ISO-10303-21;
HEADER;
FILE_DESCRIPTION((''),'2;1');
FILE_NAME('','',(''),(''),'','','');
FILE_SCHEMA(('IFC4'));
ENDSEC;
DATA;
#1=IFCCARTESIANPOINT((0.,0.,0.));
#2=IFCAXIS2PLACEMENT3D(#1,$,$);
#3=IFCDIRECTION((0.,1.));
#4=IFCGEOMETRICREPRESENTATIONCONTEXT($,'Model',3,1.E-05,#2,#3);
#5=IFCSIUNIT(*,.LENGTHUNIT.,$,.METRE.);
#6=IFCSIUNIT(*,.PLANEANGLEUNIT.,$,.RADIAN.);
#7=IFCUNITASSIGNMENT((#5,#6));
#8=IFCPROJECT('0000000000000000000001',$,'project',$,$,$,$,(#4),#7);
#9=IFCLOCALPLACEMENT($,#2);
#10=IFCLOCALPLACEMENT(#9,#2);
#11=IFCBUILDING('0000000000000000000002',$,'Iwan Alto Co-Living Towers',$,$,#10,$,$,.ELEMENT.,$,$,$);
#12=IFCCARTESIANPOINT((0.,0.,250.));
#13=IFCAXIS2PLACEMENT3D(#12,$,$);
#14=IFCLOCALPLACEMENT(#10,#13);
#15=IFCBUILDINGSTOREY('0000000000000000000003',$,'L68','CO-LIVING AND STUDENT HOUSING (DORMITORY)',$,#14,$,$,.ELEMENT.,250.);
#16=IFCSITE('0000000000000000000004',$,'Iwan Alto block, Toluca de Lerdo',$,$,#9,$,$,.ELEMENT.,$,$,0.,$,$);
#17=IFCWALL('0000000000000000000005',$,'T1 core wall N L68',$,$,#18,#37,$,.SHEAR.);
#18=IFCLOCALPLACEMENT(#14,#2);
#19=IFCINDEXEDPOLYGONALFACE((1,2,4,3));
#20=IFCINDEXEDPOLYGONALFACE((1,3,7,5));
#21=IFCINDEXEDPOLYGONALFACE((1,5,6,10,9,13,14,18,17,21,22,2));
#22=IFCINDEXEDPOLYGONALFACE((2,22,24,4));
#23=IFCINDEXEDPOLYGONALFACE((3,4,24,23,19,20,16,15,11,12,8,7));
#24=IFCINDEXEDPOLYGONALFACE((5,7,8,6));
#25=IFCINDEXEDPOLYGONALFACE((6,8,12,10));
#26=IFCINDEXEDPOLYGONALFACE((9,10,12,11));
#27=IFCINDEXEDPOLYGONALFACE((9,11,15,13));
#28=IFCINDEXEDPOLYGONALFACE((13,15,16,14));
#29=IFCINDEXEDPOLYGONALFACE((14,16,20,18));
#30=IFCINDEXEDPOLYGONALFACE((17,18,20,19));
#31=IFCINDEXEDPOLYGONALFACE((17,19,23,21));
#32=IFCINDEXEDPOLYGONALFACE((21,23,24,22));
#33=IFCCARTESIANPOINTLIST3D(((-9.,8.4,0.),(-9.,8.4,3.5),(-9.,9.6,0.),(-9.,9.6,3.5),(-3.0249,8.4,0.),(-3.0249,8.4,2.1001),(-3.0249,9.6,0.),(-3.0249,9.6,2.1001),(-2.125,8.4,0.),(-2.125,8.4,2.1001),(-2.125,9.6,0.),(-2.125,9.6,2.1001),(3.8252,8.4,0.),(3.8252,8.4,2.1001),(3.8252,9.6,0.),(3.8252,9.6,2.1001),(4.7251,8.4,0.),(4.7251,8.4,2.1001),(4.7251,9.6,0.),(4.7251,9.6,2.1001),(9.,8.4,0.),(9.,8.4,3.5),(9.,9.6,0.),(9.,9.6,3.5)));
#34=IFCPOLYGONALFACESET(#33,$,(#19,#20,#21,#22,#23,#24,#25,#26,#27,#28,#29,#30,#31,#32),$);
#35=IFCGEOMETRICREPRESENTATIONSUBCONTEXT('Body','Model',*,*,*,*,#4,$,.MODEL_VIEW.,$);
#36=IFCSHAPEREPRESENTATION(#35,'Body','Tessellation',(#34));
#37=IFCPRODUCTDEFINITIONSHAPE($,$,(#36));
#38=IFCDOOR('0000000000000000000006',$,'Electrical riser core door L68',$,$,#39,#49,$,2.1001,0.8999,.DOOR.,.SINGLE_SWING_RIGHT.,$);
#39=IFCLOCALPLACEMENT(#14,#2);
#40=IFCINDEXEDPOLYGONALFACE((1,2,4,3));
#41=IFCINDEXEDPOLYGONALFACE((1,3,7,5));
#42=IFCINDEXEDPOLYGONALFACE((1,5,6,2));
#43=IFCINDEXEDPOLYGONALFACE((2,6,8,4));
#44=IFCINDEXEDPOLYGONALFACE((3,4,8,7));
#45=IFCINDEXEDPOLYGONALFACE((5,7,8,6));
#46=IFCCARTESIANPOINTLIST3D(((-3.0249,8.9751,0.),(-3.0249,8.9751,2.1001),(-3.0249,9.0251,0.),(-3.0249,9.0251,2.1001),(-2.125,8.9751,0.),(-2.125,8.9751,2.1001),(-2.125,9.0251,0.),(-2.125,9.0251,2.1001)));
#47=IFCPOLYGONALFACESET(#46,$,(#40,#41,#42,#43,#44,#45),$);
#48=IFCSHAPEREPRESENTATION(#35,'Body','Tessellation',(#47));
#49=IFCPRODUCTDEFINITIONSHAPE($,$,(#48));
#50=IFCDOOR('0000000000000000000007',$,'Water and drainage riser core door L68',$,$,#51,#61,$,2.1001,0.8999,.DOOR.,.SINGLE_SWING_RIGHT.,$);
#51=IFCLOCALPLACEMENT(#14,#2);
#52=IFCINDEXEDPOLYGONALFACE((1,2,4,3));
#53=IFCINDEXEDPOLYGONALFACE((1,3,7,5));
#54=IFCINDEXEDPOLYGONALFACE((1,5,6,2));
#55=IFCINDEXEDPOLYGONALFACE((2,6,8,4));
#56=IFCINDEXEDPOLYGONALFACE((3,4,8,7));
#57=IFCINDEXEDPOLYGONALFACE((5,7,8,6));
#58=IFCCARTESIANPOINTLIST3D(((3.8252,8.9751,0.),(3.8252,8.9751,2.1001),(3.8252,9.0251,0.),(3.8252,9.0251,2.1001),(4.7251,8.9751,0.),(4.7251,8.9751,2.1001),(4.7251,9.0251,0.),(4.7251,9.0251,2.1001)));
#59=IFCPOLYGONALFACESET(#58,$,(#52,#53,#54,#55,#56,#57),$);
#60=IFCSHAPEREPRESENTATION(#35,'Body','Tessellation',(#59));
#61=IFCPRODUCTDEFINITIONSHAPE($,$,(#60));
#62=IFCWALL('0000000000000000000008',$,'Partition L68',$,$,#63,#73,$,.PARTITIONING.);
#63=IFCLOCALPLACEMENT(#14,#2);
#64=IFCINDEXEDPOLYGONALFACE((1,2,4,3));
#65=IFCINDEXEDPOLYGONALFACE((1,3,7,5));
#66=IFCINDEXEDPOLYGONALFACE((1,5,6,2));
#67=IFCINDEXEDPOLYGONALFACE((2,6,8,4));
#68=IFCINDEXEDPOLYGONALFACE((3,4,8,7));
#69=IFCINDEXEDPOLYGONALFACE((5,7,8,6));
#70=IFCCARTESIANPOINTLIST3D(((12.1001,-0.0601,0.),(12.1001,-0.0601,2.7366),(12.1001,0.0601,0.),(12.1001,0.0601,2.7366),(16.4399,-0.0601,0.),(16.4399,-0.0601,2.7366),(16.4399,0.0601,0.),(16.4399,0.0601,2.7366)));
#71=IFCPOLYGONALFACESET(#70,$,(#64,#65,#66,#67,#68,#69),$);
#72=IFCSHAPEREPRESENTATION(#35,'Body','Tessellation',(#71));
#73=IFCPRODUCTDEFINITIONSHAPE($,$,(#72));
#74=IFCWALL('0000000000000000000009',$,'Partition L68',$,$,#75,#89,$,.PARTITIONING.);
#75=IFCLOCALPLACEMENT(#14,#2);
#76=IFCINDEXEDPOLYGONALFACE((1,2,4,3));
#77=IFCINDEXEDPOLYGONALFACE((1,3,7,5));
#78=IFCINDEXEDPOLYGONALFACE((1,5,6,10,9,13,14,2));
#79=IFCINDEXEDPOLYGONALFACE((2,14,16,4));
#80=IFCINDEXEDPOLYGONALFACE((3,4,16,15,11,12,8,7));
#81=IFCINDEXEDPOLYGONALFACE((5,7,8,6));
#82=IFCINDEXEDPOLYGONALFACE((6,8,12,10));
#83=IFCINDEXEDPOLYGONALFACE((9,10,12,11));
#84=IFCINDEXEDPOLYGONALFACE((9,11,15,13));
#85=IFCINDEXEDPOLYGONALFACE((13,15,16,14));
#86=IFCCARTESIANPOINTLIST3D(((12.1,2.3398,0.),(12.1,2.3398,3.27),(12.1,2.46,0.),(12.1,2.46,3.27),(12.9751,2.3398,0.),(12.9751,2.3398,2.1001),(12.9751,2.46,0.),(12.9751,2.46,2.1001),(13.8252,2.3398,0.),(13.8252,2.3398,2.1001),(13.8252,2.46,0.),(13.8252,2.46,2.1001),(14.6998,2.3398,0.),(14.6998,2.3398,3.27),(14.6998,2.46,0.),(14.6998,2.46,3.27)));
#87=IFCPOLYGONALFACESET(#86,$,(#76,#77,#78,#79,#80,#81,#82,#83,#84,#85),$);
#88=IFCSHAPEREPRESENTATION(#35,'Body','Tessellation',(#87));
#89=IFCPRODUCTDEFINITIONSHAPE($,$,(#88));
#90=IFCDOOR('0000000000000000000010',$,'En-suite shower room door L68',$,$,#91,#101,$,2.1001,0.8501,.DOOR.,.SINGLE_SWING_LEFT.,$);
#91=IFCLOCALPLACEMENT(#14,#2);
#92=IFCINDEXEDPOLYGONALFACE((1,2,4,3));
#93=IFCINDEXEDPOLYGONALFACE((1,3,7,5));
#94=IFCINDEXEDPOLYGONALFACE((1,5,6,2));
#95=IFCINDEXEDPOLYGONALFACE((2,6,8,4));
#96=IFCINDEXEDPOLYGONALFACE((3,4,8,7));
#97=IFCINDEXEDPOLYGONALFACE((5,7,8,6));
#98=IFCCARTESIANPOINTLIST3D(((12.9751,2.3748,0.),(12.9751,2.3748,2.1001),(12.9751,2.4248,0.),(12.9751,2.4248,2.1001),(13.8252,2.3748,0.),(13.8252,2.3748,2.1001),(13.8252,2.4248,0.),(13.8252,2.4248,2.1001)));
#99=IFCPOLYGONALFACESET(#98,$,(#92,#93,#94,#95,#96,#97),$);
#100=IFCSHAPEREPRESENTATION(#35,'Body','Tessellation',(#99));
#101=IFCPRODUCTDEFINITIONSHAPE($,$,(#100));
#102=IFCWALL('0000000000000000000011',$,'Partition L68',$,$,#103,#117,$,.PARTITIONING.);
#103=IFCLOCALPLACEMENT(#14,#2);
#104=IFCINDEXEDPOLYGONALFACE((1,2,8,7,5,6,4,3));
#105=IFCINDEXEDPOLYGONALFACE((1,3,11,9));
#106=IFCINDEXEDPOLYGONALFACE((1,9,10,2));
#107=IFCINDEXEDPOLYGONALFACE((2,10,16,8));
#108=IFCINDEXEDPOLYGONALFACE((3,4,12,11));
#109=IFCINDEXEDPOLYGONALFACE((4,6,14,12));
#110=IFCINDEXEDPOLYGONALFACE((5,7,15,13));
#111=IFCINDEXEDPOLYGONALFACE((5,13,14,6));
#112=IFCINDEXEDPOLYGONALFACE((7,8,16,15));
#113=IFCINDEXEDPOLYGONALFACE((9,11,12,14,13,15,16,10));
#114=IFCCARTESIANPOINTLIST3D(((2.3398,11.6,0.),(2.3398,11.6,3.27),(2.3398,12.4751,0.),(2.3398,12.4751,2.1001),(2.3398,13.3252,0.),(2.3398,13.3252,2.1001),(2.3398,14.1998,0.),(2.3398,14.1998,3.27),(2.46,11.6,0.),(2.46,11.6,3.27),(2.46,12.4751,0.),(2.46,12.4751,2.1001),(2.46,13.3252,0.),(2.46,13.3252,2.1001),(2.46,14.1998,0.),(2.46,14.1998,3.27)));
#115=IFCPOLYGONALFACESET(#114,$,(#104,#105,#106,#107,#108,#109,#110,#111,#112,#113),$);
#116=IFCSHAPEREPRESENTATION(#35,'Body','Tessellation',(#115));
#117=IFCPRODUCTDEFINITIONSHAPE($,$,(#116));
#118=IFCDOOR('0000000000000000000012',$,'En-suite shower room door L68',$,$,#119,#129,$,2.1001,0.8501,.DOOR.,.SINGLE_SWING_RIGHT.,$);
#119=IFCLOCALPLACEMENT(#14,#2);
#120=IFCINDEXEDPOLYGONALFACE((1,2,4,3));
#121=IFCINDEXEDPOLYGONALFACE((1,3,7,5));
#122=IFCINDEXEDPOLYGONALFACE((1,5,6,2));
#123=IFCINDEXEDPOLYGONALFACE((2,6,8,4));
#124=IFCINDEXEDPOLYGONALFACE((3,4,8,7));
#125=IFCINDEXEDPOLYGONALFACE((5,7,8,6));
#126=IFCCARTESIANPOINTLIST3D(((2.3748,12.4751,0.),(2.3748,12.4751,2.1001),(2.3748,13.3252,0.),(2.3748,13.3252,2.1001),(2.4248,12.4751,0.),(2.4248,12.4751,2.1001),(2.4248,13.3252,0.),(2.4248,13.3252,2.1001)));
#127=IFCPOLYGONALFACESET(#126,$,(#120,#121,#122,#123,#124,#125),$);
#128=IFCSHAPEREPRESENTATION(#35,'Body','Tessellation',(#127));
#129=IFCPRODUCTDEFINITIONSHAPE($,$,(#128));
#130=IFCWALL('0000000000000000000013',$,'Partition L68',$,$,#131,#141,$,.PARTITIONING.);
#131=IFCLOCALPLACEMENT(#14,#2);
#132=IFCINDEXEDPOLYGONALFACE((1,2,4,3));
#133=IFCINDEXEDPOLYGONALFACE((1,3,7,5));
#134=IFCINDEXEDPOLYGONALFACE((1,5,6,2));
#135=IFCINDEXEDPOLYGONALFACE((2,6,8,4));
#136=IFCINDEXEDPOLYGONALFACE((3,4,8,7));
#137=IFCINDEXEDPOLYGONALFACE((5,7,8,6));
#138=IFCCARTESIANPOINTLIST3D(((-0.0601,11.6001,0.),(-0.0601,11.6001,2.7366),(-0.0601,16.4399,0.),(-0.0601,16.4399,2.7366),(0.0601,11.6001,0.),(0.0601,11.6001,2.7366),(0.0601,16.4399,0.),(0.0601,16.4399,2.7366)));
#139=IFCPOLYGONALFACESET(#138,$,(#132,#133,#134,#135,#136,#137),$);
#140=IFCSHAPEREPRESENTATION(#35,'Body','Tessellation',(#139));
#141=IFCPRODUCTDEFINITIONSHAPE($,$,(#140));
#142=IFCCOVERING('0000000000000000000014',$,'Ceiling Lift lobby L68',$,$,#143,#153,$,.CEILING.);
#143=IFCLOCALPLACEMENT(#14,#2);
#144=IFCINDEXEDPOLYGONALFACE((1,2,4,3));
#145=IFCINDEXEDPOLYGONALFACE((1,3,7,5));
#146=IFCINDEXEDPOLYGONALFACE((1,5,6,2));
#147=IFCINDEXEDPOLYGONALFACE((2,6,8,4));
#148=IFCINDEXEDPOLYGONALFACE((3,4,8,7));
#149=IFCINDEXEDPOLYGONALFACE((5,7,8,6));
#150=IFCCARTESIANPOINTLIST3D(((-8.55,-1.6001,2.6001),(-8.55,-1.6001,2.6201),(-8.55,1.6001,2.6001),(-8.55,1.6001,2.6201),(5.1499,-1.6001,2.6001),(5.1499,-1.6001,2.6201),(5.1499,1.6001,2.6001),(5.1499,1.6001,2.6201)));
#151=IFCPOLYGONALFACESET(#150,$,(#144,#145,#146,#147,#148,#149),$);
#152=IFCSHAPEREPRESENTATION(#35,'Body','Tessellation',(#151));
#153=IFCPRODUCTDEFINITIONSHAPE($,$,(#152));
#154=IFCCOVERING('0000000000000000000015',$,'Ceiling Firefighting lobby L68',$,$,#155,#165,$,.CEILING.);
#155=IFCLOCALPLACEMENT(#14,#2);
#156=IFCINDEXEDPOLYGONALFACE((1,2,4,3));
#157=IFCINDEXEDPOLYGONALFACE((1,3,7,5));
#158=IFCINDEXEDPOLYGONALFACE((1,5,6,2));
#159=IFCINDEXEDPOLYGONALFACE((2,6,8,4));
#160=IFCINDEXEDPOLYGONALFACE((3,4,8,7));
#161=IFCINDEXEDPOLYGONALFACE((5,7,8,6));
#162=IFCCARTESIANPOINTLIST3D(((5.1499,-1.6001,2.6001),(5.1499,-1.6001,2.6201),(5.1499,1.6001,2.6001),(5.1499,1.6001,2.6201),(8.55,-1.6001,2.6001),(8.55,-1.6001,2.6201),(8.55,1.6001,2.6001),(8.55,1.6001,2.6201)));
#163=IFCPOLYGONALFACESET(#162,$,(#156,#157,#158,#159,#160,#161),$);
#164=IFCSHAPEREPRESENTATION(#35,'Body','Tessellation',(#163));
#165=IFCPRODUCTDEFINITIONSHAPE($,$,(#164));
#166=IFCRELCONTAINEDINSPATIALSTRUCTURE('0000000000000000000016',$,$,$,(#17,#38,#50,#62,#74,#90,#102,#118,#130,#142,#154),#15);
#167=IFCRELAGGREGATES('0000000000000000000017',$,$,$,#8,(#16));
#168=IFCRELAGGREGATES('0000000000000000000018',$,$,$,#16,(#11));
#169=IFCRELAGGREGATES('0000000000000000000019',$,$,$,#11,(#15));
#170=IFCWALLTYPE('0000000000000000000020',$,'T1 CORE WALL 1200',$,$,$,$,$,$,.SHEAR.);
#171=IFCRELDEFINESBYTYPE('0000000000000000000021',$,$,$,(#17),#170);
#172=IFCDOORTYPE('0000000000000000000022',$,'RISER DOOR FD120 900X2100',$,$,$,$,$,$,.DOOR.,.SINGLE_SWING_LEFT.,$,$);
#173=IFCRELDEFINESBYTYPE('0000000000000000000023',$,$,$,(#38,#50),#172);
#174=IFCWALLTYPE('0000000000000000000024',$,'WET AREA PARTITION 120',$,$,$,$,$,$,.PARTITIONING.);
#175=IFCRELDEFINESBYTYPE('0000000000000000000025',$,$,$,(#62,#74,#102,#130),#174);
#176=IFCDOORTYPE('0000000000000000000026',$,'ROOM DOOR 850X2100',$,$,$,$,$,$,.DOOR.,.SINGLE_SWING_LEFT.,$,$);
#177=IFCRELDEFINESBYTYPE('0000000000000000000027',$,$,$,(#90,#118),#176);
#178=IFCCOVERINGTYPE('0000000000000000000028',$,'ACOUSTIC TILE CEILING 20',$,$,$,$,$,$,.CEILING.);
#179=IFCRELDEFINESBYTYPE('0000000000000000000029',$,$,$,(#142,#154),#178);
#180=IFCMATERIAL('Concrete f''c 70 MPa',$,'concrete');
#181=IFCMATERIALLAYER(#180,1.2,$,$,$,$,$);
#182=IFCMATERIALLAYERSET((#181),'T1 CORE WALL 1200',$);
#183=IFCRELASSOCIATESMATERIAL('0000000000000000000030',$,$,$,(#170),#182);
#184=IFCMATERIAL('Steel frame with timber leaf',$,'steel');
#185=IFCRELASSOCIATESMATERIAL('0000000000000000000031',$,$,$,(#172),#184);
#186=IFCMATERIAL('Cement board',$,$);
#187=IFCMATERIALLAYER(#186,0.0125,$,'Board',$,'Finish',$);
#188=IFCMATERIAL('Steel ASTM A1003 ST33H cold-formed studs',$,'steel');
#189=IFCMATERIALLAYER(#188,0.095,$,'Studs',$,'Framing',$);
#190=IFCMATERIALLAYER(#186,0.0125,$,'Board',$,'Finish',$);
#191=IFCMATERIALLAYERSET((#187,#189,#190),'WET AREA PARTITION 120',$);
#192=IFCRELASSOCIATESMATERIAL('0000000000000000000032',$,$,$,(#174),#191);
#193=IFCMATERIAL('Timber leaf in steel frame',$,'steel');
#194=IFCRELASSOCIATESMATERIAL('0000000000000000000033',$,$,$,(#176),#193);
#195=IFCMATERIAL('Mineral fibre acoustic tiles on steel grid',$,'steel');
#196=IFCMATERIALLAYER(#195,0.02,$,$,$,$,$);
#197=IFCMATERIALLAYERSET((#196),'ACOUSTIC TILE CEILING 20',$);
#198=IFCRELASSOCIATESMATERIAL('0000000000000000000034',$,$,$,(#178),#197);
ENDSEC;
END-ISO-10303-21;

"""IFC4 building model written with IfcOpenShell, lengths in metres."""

from ifc_helpers import new_model, si_unit, direction, frame, frame_2d, origin, place, context, subcontext, project, spatial, polyline, rectangle, outline, extrude, material, layer, layer_set, type_object, element, fill, save


model = new_model("IFC4")

# Units and contexts
model_context = context("Model", 3, precision=1e-05, world=origin(), true_north=direction((0.0, 1.0)))
body_context = subcontext(model_context, "Body", "Model", "MODEL_VIEW")
ifc_project = project(units=[si_unit("LENGTHUNIT", "METRE"), si_unit("PLANEANGLEUNIT", "RADIAN")], contexts=[model_context])

# Site, building, storey
site_placement = place(None, origin())
site = spatial("IfcSite", under=ifc_project, at=site_placement, Name="Iwan Alto block, Toluca de Lerdo", CompositionType="ELEMENT", RefElevation=0.0)
building_placement = place(site_placement, origin())
building = spatial("IfcBuilding", under=site, at=building_placement, Name="Iwan Alto Co-Living Towers", CompositionType="ELEMENT")
storey_placement = place(building_placement, frame((0.0, 0.0, 250.0)))
storey = spatial("IfcBuildingStorey", under=building, at=storey_placement, Name="L68", Description="CO-LIVING AND STUDENT HOUSING (DORMITORY)", CompositionType="ELEMENT", Elevation=250.0)

# Shared definitions
ifc_material_1 = material(Name="Steel ASTM A1003 ST33H cold-formed studs", Category="steel")

# Wall, openings, doors
ifc_material_2 = material(Name="Concrete f'c 70 MPa", Category="concrete")
ifc_layer_1 = layer(ifc_material_2, 1.2)
ifc_layer_set_1 = layer_set([ifc_layer_1], Name="T1 CORE WALL 1200")
wall_type_1 = type_object("IfcWallType", Name="T1 CORE WALL 1200", PredefinedType="SHEAR", material=ifc_layer_set_1)
wall_1_placement = place(storey_placement, frame((9.0, 9.0, 0.0), z_axis=(0.0, 0.0, 1.0), x_axis=(-1.0, 0.0, 0.0)))
wall_1 = element("IfcWall", 1, at=wall_1_placement, inside=storey, type_object=wall_type_1, Name="T1 core wall N L68", PredefinedType="SHEAR", context=body_context, shape_type="SweptSolid", body=[
    extrude(rectangle(XDim=18.0, YDim=1.2, at=frame_2d((9.0, 0.0))), origin(), (0.0, 0.0, 1.0), 3.5),
])
opening_1_placement = place(wall_1_placement, frame((11.125, 0.0, 0.0)))
opening_1 = element("IfcOpeningElement", 2, at=opening_1_placement, cuts=wall_1, PredefinedType="OPENING", context=body_context, shape_type="SweptSolid", body=[
    extrude(rectangle(XDim=0.8999, YDim=2.1001, at=frame_2d((0.45, 1.05))), frame((0.0, 0.6099, 0.0), z_axis=(0.0, -1.0, 0.0), x_axis=(1.0, 0.0, 0.0)), (0.0, 0.0, 1.0), 1.22),
])
opening_2_placement = place(wall_1_placement, frame((4.2749, 0.0, 0.0)))
opening_2 = element("IfcOpeningElement", 3, at=opening_2_placement, cuts=wall_1, PredefinedType="OPENING", context=body_context, shape_type="SweptSolid", body=[
    extrude(rectangle(XDim=0.8999, YDim=2.1001, at=frame_2d((0.45, 1.05))), frame((0.0, 0.6099, 0.0), z_axis=(0.0, -1.0, 0.0), x_axis=(1.0, 0.0, 0.0)), (0.0, 0.0, 1.0), 1.22),
])
ifc_material_3 = material(Name="Steel frame with timber leaf", Category="steel")
door_type_1 = type_object("IfcDoorType", Name="RISER DOOR FD120 900X2100", OperationType="SINGLE_SWING_LEFT", PredefinedType="DOOR", material=ifc_material_3)
door_1_placement = place(opening_1_placement, origin())
door_1 = element("IfcDoor", 4, at=door_1_placement, inside=storey, type_object=door_type_1, Name="Electrical riser core door L68", OperationType="SINGLE_SWING_RIGHT", OverallHeight=2.1001, OverallWidth=0.8999, PredefinedType="DOOR", context=body_context, shape_type="SweptSolid", body=[
    extrude(rectangle(XDim=0.8999, YDim=2.1001, at=frame_2d((0.45, 1.05))), frame((0.0, 0.0249, 0.0), z_axis=(0.0, -1.0, 0.0), x_axis=(1.0, 0.0, 0.0)), (0.0, 0.0, 1.0), 0.05),
])
fill(opening_1, door_1)
door_2_placement = place(opening_2_placement, origin())
door_2 = element("IfcDoor", 5, at=door_2_placement, inside=storey, type_object=door_type_1, Name="Water and drainage riser core door L68", OperationType="SINGLE_SWING_RIGHT", OverallHeight=2.1001, OverallWidth=0.8999, PredefinedType="DOOR", context=body_context, shape_type="SweptSolid", body=[
    extrude(rectangle(XDim=0.8999, YDim=2.1001, at=frame_2d((0.45, 1.05))), frame((0.0, 0.0249, 0.0), z_axis=(0.0, -1.0, 0.0), x_axis=(1.0, 0.0, 0.0)), (0.0, 0.0, 1.0), 0.05),
])
fill(opening_2, door_2)

# Wall
ifc_material_4 = material(Name="Cement board")
ifc_layer_2 = layer(ifc_material_4, 0.0125, Name="Board", Category="Finish")
ifc_layer_3 = layer(ifc_material_1, 0.095, Name="Studs", Category="Framing")
ifc_layer_4 = layer(ifc_material_4, 0.0125, Name="Board", Category="Finish")
ifc_layer_set_2 = layer_set([ifc_layer_2, ifc_layer_3, ifc_layer_4], Name="WET AREA PARTITION 120")
wall_type_2 = type_object("IfcWallType", Name="WET AREA PARTITION 120", PredefinedType="PARTITIONING", material=ifc_layer_set_2)
wall_2_placement = place(storey_placement, frame((12.1001, 0.0, 0.0), z_axis=(0.0, 0.0, 1.0), x_axis=(1.0, 0.0, 0.0)))
element("IfcWall", 6, at=wall_2_placement, inside=storey, type_object=wall_type_2, Name="Partition L68", PredefinedType="PARTITIONING", context=body_context, shape_type="SweptSolid", body=[
    extrude(rectangle(XDim=4.3398, YDim=0.1201, at=frame_2d((2.1699, 0.0))), origin(), (0.0, 0.0, 1.0), 2.7366),
])

# Walls, openings, doors
wall_3_placement = place(storey_placement, frame((12.1001, 2.3999, 0.0), z_axis=(0.0, 0.0, 1.0), x_axis=(1.0, 0.0, 0.0)))
wall_3 = element("IfcWall", 7, at=wall_3_placement, inside=storey, type_object=wall_type_2, Name="Partition L68", PredefinedType="PARTITIONING", context=body_context, shape_type="SweptSolid", body=[
    extrude(rectangle(XDim=2.5999, YDim=0.1201, at=frame_2d((1.2998, 0.0))), origin(), (0.0, 0.0, 1.0), 3.27),
])
opening_3_placement = place(wall_3_placement, frame((0.875, 0.0, 0.0)))
opening_3 = element("IfcOpeningElement", 8, at=opening_3_placement, cuts=wall_3, PredefinedType="OPENING", context=body_context, shape_type="SweptSolid", body=[
    extrude(rectangle(XDim=0.8501, YDim=2.1001, at=frame_2d((0.425, 1.05))), frame((0.0, 0.0701, 0.0), z_axis=(0.0, -1.0, 0.0), x_axis=(1.0, 0.0, 0.0)), (0.0, 0.0, 1.0), 0.1401),
])
ifc_material_5 = material(Name="Timber leaf in steel frame", Category="steel")
door_type_2 = type_object("IfcDoorType", Name="ROOM DOOR 850X2100", OperationType="SINGLE_SWING_LEFT", PredefinedType="DOOR", material=ifc_material_5)
door_3_placement = place(opening_3_placement, origin())
door_3 = element("IfcDoor", 9, at=door_3_placement, inside=storey, type_object=door_type_2, Name="En-suite shower room door L68", OperationType="SINGLE_SWING_LEFT", OverallHeight=2.1001, OverallWidth=0.8501, PredefinedType="DOOR", context=body_context, shape_type="SweptSolid", body=[
    extrude(rectangle(XDim=0.8501, YDim=2.1001, at=frame_2d((0.425, 1.05))), frame((0.0, 0.0249, 0.0), z_axis=(0.0, -1.0, 0.0), x_axis=(1.0, 0.0, 0.0)), (0.0, 0.0, 1.0), 0.05),
])
fill(opening_3, door_3)
wall_4_placement = place(storey_placement, frame((2.3999, 11.6001, 0.0), z_axis=(0.0, 0.0, 1.0), x_axis=(0.0, 1.0, 0.0)))
wall_4 = element("IfcWall", 10, at=wall_4_placement, inside=storey, type_object=wall_type_2, Name="Partition L68", PredefinedType="PARTITIONING", context=body_context, shape_type="SweptSolid", body=[
    extrude(rectangle(XDim=2.5999, YDim=0.1201, at=frame_2d((1.2998, 0.0))), origin(), (0.0, 0.0, 1.0), 3.27),
])
opening_4_placement = place(wall_4_placement, frame((0.875, 0.0, 0.0)))
opening_4 = element("IfcOpeningElement", 11, at=opening_4_placement, cuts=wall_4, PredefinedType="OPENING", context=body_context, shape_type="SweptSolid", body=[
    extrude(rectangle(XDim=0.8501, YDim=2.1001, at=frame_2d((0.425, 1.05))), frame((0.0, 0.0701, 0.0), z_axis=(0.0, -1.0, 0.0), x_axis=(1.0, 0.0, 0.0)), (0.0, 0.0, 1.0), 0.1401),
])
door_4_placement = place(opening_4_placement, frame((0.8501, 0.0, 0.0), z_axis=(0.0, 0.0, 1.0), x_axis=(-1.0, 0.0, 0.0)))
door_4 = element("IfcDoor", 12, at=door_4_placement, inside=storey, type_object=door_type_2, Name="En-suite shower room door L68", OperationType="SINGLE_SWING_RIGHT", OverallHeight=2.1001, OverallWidth=0.8501, PredefinedType="DOOR", context=body_context, shape_type="SweptSolid", body=[
    extrude(rectangle(XDim=0.8501, YDim=2.1001, at=frame_2d((0.425, 1.05))), frame((0.0, 0.0249, 0.0), z_axis=(0.0, -1.0, 0.0), x_axis=(1.0, 0.0, 0.0)), (0.0, 0.0, 1.0), 0.05),
])
fill(opening_4, door_4)

# Wall
wall_5_placement = place(storey_placement, frame((0.0, 11.6001, 0.0), z_axis=(0.0, 0.0, 1.0), x_axis=(0.0, 1.0, 0.0)))
element("IfcWall", 13, at=wall_5_placement, inside=storey, type_object=wall_type_2, Name="Partition L68", PredefinedType="PARTITIONING", context=body_context, shape_type="SweptSolid", body=[
    extrude(rectangle(XDim=4.8398, YDim=0.1201, at=frame_2d((2.4199, 0.0))), origin(), (0.0, 0.0, 1.0), 2.7366),
])

# Coverings
ifc_material_6 = material(Name="Mineral fibre acoustic tiles on steel grid", Category="steel")
ifc_layer_5 = layer(ifc_material_6, 0.02)
ifc_layer_set_3 = layer_set([ifc_layer_5], Name="ACOUSTIC TILE CEILING 20")
covering_type_1 = type_object("IfcCoveringType", Name="ACOUSTIC TILE CEILING 20", PredefinedType="CEILING", material=ifc_layer_set_3)
covering_1_placement = place(storey_placement, frame((0.0, 0.0, 2.6001)))
element("IfcCovering", 14, at=covering_1_placement, inside=storey, type_object=covering_type_1, Name="Ceiling Lift lobby L68", PredefinedType="CEILING", context=body_context, shape_type="SweptSolid", body=[
    extrude(outline(polyline([(-8.55, -1.6001), (-8.55, 1.6001), (5.1499, 1.6001), (5.1499, -1.6001), (-8.55, -1.6001)])), origin(), (0.0, 0.0, 1.0), 0.02),
])
covering_2_placement = place(storey_placement, frame((0.0, 0.0, 2.6001)))
element("IfcCovering", 15, at=covering_2_placement, inside=storey, type_object=covering_type_1, Name="Ceiling Firefighting lobby L68", PredefinedType="CEILING", context=body_context, shape_type="SweptSolid", body=[
    extrude(outline(polyline([(5.1499, -1.6001), (5.1499, 1.6001), (8.55, 1.6001), (8.55, -1.6001), (5.1499, -1.6001)])), origin(), (0.0, 0.0, 1.0), 0.02),
])

save(model, "model.ifc")
